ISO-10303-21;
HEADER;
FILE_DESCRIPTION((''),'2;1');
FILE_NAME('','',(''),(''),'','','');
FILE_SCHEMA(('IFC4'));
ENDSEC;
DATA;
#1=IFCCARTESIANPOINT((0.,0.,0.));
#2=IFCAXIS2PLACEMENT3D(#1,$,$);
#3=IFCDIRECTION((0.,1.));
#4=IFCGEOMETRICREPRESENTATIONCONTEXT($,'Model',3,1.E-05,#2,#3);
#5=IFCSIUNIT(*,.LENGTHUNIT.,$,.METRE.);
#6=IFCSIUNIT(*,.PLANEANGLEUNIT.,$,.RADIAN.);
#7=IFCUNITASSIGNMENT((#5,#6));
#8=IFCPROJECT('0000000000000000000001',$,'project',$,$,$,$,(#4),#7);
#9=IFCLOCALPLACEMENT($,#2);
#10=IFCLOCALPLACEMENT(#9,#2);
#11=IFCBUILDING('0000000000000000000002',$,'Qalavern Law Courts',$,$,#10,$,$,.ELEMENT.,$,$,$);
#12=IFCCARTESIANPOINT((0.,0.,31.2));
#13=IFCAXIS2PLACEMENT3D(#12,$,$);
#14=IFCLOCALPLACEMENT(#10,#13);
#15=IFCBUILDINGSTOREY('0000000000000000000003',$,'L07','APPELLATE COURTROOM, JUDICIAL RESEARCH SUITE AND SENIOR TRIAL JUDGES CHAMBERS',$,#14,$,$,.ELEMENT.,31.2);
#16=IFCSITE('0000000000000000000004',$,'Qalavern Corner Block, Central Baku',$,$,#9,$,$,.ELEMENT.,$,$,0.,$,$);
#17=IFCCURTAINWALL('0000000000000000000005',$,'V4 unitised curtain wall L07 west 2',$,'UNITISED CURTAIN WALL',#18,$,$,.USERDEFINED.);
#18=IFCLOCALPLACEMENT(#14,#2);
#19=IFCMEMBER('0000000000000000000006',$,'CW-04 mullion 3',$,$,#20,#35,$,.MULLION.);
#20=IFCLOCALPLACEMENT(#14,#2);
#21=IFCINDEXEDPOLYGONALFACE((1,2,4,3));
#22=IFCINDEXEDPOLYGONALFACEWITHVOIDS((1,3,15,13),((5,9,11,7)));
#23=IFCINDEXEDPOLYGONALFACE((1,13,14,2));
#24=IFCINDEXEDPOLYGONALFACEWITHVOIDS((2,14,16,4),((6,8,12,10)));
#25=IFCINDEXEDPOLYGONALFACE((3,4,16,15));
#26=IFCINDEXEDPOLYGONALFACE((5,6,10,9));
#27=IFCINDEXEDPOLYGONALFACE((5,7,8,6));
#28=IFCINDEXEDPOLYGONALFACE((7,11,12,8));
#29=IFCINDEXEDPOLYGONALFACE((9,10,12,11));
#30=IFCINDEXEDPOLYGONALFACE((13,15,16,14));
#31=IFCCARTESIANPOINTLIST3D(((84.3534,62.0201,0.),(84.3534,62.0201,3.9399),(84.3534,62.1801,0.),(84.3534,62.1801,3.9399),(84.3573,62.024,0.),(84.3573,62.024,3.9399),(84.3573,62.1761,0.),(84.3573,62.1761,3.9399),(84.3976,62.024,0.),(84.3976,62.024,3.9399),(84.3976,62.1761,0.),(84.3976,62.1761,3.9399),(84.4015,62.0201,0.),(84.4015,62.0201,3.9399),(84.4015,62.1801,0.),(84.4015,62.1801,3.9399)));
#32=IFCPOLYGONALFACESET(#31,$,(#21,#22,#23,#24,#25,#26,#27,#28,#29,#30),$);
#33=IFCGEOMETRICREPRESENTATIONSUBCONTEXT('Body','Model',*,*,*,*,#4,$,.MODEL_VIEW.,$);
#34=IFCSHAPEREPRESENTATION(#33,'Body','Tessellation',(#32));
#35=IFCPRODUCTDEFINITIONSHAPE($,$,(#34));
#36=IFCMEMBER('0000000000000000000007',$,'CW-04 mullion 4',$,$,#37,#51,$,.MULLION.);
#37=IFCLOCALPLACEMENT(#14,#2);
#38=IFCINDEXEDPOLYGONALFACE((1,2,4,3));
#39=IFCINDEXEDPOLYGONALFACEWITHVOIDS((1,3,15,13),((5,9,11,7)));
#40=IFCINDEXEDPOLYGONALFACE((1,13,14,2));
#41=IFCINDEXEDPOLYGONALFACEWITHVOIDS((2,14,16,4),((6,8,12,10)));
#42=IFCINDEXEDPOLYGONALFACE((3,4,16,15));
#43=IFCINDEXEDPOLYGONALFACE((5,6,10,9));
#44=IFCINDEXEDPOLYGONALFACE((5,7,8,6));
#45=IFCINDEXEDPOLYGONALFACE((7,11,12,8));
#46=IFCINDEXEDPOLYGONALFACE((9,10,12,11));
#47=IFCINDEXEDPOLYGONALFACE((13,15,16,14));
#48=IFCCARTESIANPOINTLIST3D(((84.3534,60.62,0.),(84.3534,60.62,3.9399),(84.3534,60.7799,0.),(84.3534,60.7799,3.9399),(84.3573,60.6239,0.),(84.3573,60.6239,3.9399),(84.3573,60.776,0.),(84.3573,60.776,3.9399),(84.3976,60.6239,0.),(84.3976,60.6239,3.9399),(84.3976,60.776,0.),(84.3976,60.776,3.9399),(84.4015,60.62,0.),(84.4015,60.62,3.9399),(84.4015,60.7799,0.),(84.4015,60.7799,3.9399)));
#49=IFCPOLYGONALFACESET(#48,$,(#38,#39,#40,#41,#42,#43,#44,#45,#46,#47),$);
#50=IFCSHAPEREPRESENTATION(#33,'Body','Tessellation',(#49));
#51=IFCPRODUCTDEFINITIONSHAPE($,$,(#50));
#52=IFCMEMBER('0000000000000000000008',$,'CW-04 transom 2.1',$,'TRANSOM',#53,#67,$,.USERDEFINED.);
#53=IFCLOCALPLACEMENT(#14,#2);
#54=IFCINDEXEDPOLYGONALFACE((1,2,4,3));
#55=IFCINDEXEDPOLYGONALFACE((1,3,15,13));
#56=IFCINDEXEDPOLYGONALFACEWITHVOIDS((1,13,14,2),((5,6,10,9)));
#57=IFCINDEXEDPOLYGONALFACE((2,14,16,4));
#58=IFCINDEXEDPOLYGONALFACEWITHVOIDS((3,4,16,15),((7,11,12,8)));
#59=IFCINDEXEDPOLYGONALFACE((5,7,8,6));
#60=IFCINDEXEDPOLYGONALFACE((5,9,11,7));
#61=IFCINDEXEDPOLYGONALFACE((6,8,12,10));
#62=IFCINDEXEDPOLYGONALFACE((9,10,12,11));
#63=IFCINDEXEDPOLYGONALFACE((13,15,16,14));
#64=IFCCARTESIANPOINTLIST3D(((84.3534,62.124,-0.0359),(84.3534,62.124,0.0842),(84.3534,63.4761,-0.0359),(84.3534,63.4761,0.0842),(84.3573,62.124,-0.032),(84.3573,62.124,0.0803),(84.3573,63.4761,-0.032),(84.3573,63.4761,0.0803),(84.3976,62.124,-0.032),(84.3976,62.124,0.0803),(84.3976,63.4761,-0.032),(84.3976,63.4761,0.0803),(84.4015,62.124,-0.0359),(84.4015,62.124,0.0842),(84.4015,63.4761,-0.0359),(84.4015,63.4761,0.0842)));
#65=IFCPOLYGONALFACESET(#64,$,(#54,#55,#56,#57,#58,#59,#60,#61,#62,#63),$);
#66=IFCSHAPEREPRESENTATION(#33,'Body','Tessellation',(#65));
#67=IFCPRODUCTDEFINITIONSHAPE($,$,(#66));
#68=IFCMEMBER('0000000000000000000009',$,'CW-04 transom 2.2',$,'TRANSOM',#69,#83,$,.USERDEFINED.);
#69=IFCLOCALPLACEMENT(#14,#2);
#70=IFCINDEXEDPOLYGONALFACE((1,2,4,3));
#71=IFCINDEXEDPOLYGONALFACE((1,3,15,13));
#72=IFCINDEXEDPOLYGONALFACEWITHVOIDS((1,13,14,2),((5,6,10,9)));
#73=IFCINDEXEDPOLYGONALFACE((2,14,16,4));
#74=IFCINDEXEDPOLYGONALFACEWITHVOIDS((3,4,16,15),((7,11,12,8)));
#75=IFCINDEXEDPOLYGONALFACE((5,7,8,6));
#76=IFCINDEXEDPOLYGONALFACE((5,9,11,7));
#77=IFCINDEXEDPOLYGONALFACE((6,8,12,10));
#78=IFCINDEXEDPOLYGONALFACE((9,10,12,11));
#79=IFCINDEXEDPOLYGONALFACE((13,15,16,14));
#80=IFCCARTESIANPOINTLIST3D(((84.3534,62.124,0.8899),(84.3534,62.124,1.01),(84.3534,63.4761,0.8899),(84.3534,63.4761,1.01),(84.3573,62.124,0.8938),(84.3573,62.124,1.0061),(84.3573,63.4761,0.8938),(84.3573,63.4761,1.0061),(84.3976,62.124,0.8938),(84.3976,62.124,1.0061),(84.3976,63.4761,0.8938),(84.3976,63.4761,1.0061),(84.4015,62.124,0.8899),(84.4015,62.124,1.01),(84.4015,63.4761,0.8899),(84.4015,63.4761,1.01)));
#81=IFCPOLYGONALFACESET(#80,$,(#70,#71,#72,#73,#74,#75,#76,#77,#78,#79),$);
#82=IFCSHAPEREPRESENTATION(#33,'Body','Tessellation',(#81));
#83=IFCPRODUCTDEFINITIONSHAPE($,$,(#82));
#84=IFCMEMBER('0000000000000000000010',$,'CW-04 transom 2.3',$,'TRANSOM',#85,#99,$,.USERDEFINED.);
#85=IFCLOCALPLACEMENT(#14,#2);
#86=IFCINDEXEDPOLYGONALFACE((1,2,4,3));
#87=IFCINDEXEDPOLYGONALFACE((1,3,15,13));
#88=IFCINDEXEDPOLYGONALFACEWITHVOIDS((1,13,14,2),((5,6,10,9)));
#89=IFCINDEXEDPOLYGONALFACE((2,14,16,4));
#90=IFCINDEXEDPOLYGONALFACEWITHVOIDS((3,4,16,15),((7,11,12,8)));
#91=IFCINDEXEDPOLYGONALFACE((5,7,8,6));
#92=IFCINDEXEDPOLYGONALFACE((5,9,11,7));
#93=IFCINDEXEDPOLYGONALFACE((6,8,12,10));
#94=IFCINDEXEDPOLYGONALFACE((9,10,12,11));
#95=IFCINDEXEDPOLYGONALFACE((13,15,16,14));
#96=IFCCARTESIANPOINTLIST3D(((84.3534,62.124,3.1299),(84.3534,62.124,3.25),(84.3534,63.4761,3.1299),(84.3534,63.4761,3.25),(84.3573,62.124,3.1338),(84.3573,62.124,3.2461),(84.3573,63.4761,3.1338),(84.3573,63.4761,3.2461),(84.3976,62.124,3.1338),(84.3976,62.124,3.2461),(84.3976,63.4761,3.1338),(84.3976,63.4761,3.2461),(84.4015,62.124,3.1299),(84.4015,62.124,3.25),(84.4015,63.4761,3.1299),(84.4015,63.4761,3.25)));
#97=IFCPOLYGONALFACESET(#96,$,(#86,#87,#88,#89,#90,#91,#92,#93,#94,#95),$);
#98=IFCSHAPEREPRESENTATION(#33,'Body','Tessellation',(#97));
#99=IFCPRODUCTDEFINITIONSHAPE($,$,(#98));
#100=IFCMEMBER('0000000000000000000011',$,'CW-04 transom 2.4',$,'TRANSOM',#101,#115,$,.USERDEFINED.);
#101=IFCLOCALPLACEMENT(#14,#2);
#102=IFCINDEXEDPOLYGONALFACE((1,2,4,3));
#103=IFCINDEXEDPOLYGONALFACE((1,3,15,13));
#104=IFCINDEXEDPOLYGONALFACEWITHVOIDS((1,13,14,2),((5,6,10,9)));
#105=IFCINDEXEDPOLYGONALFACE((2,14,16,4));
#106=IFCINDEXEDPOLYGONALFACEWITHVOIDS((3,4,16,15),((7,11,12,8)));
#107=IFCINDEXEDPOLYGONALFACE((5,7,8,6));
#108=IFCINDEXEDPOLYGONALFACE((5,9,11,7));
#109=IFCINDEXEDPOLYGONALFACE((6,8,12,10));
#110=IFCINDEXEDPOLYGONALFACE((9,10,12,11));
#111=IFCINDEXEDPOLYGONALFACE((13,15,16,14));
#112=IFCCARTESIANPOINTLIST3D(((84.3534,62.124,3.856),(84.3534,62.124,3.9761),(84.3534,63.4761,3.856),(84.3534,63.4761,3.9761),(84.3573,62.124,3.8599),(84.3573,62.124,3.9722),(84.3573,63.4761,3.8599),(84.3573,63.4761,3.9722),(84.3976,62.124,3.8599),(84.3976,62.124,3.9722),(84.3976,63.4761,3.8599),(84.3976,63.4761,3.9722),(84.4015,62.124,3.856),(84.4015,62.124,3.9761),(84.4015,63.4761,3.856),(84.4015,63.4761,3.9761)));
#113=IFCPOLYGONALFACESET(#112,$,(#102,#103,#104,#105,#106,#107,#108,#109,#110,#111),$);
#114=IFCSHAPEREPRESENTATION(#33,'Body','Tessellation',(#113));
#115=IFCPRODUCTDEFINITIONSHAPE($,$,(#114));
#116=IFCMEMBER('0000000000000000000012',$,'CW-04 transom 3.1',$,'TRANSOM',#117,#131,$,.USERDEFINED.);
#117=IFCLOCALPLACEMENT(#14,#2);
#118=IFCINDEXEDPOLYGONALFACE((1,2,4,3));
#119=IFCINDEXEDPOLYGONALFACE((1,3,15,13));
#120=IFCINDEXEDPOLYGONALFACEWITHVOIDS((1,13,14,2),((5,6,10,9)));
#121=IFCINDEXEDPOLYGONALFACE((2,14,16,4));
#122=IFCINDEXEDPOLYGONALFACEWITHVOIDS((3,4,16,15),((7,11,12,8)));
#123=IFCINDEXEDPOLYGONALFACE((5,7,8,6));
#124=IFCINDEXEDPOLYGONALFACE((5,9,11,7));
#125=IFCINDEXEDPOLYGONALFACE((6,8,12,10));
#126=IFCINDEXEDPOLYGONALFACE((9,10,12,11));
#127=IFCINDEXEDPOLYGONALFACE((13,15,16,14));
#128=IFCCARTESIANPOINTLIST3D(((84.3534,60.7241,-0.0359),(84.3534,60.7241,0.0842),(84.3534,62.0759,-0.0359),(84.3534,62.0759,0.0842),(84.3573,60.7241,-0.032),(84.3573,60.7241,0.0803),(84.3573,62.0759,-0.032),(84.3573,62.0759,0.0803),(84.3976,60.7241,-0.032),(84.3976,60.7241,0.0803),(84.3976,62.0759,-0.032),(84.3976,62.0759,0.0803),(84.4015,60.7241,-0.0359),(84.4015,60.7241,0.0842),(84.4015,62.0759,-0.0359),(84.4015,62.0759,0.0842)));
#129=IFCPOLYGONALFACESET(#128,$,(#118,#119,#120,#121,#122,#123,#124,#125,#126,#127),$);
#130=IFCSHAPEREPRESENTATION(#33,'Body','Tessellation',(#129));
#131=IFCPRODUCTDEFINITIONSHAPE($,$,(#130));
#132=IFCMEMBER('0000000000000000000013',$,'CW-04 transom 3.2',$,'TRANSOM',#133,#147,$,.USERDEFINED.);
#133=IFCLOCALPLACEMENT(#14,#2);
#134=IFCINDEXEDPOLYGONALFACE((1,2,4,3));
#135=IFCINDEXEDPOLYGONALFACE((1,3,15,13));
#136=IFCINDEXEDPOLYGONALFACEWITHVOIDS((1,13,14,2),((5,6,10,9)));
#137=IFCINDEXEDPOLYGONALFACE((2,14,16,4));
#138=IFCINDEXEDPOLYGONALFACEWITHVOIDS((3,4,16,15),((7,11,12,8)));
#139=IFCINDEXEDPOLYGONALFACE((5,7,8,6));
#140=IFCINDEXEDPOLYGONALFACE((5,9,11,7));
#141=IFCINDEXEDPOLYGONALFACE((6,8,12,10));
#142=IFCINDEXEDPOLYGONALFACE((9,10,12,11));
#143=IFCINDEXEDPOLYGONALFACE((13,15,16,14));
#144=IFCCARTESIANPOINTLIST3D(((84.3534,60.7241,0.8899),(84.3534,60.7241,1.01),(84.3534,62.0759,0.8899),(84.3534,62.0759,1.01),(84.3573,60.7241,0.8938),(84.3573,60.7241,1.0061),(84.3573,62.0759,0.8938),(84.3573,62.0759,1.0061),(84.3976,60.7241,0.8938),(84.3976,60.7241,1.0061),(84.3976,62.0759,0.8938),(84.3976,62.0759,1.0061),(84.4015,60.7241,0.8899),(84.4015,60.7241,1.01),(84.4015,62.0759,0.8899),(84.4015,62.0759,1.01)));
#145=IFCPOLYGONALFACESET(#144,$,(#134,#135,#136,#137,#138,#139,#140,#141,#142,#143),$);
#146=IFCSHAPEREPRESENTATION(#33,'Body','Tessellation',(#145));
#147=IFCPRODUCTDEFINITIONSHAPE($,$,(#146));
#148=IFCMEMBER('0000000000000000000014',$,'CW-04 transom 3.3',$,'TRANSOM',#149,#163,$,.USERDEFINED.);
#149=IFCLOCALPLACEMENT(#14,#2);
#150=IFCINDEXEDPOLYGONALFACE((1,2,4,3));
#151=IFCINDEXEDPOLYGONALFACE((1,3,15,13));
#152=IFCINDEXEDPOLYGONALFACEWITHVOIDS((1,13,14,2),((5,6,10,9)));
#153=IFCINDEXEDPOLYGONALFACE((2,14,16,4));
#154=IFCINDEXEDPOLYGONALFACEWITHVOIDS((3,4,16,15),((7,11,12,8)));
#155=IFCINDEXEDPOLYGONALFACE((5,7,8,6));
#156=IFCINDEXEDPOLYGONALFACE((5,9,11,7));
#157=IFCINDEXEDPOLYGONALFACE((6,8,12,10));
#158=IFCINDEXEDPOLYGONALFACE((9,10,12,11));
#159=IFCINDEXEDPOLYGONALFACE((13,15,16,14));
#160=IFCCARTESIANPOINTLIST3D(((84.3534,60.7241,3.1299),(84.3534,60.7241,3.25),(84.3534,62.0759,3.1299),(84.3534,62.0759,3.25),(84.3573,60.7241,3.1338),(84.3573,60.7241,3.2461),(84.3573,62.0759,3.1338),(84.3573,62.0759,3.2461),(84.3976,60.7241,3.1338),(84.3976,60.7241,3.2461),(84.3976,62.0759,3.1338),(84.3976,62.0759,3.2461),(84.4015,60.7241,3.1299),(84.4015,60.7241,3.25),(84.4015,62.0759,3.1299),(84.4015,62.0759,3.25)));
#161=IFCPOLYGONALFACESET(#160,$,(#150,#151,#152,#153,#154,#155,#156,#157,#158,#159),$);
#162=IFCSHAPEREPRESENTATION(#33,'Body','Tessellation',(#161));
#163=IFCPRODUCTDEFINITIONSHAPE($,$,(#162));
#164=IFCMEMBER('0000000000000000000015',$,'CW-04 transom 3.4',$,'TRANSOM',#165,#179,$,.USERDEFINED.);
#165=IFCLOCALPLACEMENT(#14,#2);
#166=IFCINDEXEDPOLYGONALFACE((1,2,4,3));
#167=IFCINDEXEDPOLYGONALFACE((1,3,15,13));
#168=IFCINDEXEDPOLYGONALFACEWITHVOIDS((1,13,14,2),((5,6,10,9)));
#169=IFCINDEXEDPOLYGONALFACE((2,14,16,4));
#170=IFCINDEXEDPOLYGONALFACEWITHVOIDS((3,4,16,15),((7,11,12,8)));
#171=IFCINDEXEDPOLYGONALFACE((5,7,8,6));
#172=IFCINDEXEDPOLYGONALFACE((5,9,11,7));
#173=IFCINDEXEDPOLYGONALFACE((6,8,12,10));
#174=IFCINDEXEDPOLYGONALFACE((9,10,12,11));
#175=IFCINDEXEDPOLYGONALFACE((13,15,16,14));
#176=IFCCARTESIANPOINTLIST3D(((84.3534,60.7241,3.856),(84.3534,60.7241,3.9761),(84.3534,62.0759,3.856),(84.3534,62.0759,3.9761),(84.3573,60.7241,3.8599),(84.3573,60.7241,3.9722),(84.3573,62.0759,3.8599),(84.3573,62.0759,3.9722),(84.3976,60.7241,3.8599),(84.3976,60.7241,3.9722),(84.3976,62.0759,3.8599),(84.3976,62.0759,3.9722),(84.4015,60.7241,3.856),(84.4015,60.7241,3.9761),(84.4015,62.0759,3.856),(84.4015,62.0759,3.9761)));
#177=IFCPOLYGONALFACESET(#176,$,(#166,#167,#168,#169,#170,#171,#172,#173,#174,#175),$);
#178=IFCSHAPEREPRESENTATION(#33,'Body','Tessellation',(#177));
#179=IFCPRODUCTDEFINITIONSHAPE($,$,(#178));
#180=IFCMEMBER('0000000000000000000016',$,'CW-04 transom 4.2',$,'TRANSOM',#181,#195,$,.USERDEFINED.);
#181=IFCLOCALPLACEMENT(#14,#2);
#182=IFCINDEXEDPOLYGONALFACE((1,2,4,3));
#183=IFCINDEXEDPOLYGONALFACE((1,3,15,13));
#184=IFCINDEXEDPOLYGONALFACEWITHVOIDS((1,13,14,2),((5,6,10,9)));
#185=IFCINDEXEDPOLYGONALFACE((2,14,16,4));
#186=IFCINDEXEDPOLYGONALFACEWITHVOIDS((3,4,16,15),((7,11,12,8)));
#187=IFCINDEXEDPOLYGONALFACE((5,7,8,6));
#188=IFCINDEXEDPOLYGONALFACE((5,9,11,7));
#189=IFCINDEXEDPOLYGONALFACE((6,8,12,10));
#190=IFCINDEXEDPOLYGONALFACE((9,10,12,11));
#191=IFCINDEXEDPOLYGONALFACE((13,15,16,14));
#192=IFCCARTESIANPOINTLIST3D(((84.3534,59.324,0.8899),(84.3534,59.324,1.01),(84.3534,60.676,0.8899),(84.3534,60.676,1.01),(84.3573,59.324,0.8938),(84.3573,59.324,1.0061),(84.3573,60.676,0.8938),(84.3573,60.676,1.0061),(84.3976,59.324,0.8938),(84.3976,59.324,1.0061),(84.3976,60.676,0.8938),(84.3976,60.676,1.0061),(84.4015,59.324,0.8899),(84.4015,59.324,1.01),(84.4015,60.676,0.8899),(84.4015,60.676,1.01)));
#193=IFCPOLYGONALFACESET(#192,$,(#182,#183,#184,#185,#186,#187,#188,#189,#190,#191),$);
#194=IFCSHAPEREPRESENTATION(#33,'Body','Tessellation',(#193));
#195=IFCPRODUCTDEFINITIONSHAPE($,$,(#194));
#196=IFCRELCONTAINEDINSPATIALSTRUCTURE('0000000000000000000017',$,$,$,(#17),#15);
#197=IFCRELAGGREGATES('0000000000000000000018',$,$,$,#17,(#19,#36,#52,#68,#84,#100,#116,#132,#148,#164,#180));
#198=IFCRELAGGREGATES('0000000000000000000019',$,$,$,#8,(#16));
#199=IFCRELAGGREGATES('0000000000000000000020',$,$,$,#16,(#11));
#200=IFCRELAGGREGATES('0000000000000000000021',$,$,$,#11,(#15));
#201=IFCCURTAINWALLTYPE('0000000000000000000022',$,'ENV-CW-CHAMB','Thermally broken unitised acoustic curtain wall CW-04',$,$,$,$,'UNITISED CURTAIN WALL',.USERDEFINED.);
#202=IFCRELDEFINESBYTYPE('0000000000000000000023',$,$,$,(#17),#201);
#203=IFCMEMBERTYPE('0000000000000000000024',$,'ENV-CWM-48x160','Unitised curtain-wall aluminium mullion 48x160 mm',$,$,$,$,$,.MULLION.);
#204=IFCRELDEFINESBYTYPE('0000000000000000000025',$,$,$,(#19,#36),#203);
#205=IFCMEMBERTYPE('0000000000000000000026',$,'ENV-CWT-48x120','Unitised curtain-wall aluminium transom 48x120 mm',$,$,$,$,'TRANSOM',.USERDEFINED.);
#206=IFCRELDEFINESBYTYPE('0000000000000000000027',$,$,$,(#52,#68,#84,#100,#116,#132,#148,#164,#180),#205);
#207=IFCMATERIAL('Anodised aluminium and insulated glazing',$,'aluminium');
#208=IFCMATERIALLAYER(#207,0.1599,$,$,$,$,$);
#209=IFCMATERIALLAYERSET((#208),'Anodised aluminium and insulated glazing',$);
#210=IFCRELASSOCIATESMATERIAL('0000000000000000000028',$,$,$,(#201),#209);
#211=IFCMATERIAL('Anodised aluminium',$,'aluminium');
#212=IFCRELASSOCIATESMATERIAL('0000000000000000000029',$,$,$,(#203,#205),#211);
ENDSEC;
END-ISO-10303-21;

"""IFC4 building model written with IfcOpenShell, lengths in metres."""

from ifc_helpers import new_model, si_unit, direction, frame, origin, origin_2d, place, context, subcontext, project, spatial, hollow_rectangle, extrude, material, layer, layer_set, material_profile, profile_set, type_object, element, aggregate, save


model = new_model("IFC4")

# Units and contexts
model_context = context("Model", 3, precision=1e-05, world=origin(), true_north=direction((0.0, 1.0)))
body_context = subcontext(model_context, "Body", "Model", "MODEL_VIEW")
ifc_project = project(units=[si_unit("LENGTHUNIT", "METRE"), si_unit("PLANEANGLEUNIT", "RADIAN")], contexts=[model_context])

# Site, building, storey
site_placement = place(None, origin())
site = spatial("IfcSite", under=ifc_project, at=site_placement, Name="Qalavern Corner Block, Central Baku", CompositionType="ELEMENT", RefElevation=0.0)
building_placement = place(site_placement, origin())
building = spatial("IfcBuilding", under=site, at=building_placement, Name="Qalavern Law Courts", CompositionType="ELEMENT")
storey_placement = place(building_placement, frame((0.0, 0.0, 31.2)))
storey = spatial("IfcBuildingStorey", under=building, at=storey_placement, Name="L07", Description="APPELLATE COURTROOM, JUDICIAL RESEARCH SUITE AND SENIOR TRIAL JUDGES CHAMBERS", CompositionType="ELEMENT", Elevation=31.2)

# Curtain wall, members
ifc_material_1 = material(Name="Anodised aluminium and insulated glazing", Category="aluminium")
ifc_layer_1 = layer(ifc_material_1, 0.1599)
ifc_layer_set_1 = layer_set([ifc_layer_1], Name="Anodised aluminium and insulated glazing")
curtain_wall_type = type_object("IfcCurtainWallType", Name="ENV-CW-CHAMB", Description="Thermally broken unitised acoustic curtain wall CW-04", ElementType="UNITISED CURTAIN WALL", PredefinedType="USERDEFINED", material=ifc_layer_set_1)
curtain_wall_placement = place(storey_placement, origin())
curtain_wall = element("IfcCurtainWall", 1, at=curtain_wall_placement, inside=storey, type_object=curtain_wall_type, Name="V4 unitised curtain wall L07 west 2", ObjectType="UNITISED CURTAIN WALL", PredefinedType="USERDEFINED")
ifc_material_2 = material(Name="Anodised aluminium", Category="aluminium")
ifc_material_profile_1 = material_profile(ifc_material_2, hollow_rectangle(XDim=0.0481, YDim=0.1599, WallThickness=0.0039, at=origin_2d()), Name="ALU MULLION 48x160")
ifc_profile_set_1 = profile_set([ifc_material_profile_1], Name="Anodised aluminium")
member_type_1 = type_object("IfcMemberType", Name="ENV-CWM-48x160", Description="Unitised curtain-wall aluminium mullion 48x160 mm", PredefinedType="MULLION", material=ifc_profile_set_1)
member_1_placement = place(storey_placement, frame((84.3774, 62.1001, 0.0), z_axis=(0.0, 0.0, 1.0), x_axis=(1.0, 0.0, 0.0)))
member_1 = element("IfcMember", 2, at=member_1_placement, type_object=member_type_1, Name="CW-04 mullion 3", PredefinedType="MULLION", context=body_context, shape_type="SweptSolid", body=[
    extrude(hollow_rectangle(XDim=0.0481, YDim=0.1599, WallThickness=0.0039, at=origin_2d()), origin(), (0.0, 0.0, 1.0), 3.9399),
])
member_2_placement = place(storey_placement, frame((84.3774, 60.7, 0.0), z_axis=(0.0, 0.0, 1.0), x_axis=(1.0, 0.0, 0.0)))
member_2 = element("IfcMember", 3, at=member_2_placement, type_object=member_type_1, Name="CW-04 mullion 4", PredefinedType="MULLION", context=body_context, shape_type="SweptSolid", body=[
    extrude(hollow_rectangle(XDim=0.0481, YDim=0.1599, WallThickness=0.0039, at=origin_2d()), origin(), (0.0, 0.0, 1.0), 3.9399),
])
ifc_material_profile_2 = material_profile(ifc_material_2, hollow_rectangle(XDim=0.0481, YDim=0.1201, WallThickness=0.0039, at=origin_2d()), Name="ALU TRANSOM 48x120")
ifc_profile_set_2 = profile_set([ifc_material_profile_2], Name="Anodised aluminium")
member_type_2 = type_object("IfcMemberType", Name="ENV-CWT-48x120", Description="Unitised curtain-wall aluminium transom 48x120 mm", ElementType="TRANSOM", PredefinedType="USERDEFINED", material=ifc_profile_set_2)
member_3_placement = place(storey_placement, frame((84.3774, 63.4761, 0.0242), z_axis=(0.0, -1.0, 0.0), x_axis=(1.0, 0.0, 0.0)))
member_3 = element("IfcMember", 4, at=member_3_placement, type_object=member_type_2, Name="CW-04 transom 2.1", ObjectType="TRANSOM", PredefinedType="USERDEFINED", context=body_context, shape_type="SweptSolid", body=[
    extrude(hollow_rectangle(XDim=0.0481, YDim=0.1201, WallThickness=0.0039, at=origin_2d()), origin(), (0.0, 0.0, 1.0), 1.3521),
])
member_4_placement = place(storey_placement, frame((84.3774, 63.4761, 0.95), z_axis=(0.0, -1.0, 0.0), x_axis=(1.0, 0.0, 0.0)))
member_4 = element("IfcMember", 5, at=member_4_placement, type_object=member_type_2, Name="CW-04 transom 2.2", ObjectType="TRANSOM", PredefinedType="USERDEFINED", context=body_context, shape_type="SweptSolid", body=[
    extrude(hollow_rectangle(XDim=0.0481, YDim=0.1201, WallThickness=0.0039, at=origin_2d()), origin(), (0.0, 0.0, 1.0), 1.3521),
])
member_5_placement = place(storey_placement, frame((84.3774, 63.4761, 3.1899), z_axis=(0.0, -1.0, 0.0), x_axis=(1.0, 0.0, 0.0)))
member_5 = element("IfcMember", 6, at=member_5_placement, type_object=member_type_2, Name="CW-04 transom 2.3", ObjectType="TRANSOM", PredefinedType="USERDEFINED", context=body_context, shape_type="SweptSolid", body=[
    extrude(hollow_rectangle(XDim=0.0481, YDim=0.1201, WallThickness=0.0039, at=origin_2d()), origin(), (0.0, 0.0, 1.0), 1.3521),
])
member_6_placement = place(storey_placement, frame((84.3774, 63.4761, 3.916), z_axis=(0.0, -1.0, 0.0), x_axis=(1.0, 0.0, 0.0)))
member_6 = element("IfcMember", 7, at=member_6_placement, type_object=member_type_2, Name="CW-04 transom 2.4", ObjectType="TRANSOM", PredefinedType="USERDEFINED", context=body_context, shape_type="SweptSolid", body=[
    extrude(hollow_rectangle(XDim=0.0481, YDim=0.1201, WallThickness=0.0039, at=origin_2d()), origin(), (0.0, 0.0, 1.0), 1.3521),
])
member_7_placement = place(storey_placement, frame((84.3774, 62.0759, 0.0242), z_axis=(0.0, -1.0, 0.0), x_axis=(1.0, 0.0, 0.0)))
member_7 = element("IfcMember", 8, at=member_7_placement, type_object=member_type_2, Name="CW-04 transom 3.1", ObjectType="TRANSOM", PredefinedType="USERDEFINED", context=body_context, shape_type="SweptSolid", body=[
    extrude(hollow_rectangle(XDim=0.0481, YDim=0.1201, WallThickness=0.0039, at=origin_2d()), origin(), (0.0, 0.0, 1.0), 1.3518),
])
member_8_placement = place(storey_placement, frame((84.3774, 62.0759, 0.95), z_axis=(0.0, -1.0, 0.0), x_axis=(1.0, 0.0, 0.0)))
member_8 = element("IfcMember", 9, at=member_8_placement, type_object=member_type_2, Name="CW-04 transom 3.2", ObjectType="TRANSOM", PredefinedType="USERDEFINED", context=body_context, shape_type="SweptSolid", body=[
    extrude(hollow_rectangle(XDim=0.0481, YDim=0.1201, WallThickness=0.0039, at=origin_2d()), origin(), (0.0, 0.0, 1.0), 1.3518),
])
member_9_placement = place(storey_placement, frame((84.3774, 62.0759, 3.1899), z_axis=(0.0, -1.0, 0.0), x_axis=(1.0, 0.0, 0.0)))
member_9 = element("IfcMember", 10, at=member_9_placement, type_object=member_type_2, Name="CW-04 transom 3.3", ObjectType="TRANSOM", PredefinedType="USERDEFINED", context=body_context, shape_type="SweptSolid", body=[
    extrude(hollow_rectangle(XDim=0.0481, YDim=0.1201, WallThickness=0.0039, at=origin_2d()), origin(), (0.0, 0.0, 1.0), 1.3518),
])
member_10_placement = place(storey_placement, frame((84.3774, 62.0759, 3.916), z_axis=(0.0, -1.0, 0.0), x_axis=(1.0, 0.0, 0.0)))
member_10 = element("IfcMember", 11, at=member_10_placement, type_object=member_type_2, Name="CW-04 transom 3.4", ObjectType="TRANSOM", PredefinedType="USERDEFINED", context=body_context, shape_type="SweptSolid", body=[
    extrude(hollow_rectangle(XDim=0.0481, YDim=0.1201, WallThickness=0.0039, at=origin_2d()), origin(), (0.0, 0.0, 1.0), 1.3518),
])
member_11_placement = place(storey_placement, frame((84.3774, 60.676, 0.95), z_axis=(0.0, -1.0, 0.0), x_axis=(1.0, 0.0, 0.0)))
member_11 = element("IfcMember", 12, at=member_11_placement, type_object=member_type_2, Name="CW-04 transom 4.2", ObjectType="TRANSOM", PredefinedType="USERDEFINED", context=body_context, shape_type="SweptSolid", body=[
    extrude(hollow_rectangle(XDim=0.0481, YDim=0.1201, WallThickness=0.0039, at=origin_2d()), origin(), (0.0, 0.0, 1.0), 1.3521),
])
aggregate(curtain_wall, [member_1, member_2, member_3, member_4, member_5, member_6, member_7, member_8, member_9, member_10, member_11])

save(model, "model.ifc")
